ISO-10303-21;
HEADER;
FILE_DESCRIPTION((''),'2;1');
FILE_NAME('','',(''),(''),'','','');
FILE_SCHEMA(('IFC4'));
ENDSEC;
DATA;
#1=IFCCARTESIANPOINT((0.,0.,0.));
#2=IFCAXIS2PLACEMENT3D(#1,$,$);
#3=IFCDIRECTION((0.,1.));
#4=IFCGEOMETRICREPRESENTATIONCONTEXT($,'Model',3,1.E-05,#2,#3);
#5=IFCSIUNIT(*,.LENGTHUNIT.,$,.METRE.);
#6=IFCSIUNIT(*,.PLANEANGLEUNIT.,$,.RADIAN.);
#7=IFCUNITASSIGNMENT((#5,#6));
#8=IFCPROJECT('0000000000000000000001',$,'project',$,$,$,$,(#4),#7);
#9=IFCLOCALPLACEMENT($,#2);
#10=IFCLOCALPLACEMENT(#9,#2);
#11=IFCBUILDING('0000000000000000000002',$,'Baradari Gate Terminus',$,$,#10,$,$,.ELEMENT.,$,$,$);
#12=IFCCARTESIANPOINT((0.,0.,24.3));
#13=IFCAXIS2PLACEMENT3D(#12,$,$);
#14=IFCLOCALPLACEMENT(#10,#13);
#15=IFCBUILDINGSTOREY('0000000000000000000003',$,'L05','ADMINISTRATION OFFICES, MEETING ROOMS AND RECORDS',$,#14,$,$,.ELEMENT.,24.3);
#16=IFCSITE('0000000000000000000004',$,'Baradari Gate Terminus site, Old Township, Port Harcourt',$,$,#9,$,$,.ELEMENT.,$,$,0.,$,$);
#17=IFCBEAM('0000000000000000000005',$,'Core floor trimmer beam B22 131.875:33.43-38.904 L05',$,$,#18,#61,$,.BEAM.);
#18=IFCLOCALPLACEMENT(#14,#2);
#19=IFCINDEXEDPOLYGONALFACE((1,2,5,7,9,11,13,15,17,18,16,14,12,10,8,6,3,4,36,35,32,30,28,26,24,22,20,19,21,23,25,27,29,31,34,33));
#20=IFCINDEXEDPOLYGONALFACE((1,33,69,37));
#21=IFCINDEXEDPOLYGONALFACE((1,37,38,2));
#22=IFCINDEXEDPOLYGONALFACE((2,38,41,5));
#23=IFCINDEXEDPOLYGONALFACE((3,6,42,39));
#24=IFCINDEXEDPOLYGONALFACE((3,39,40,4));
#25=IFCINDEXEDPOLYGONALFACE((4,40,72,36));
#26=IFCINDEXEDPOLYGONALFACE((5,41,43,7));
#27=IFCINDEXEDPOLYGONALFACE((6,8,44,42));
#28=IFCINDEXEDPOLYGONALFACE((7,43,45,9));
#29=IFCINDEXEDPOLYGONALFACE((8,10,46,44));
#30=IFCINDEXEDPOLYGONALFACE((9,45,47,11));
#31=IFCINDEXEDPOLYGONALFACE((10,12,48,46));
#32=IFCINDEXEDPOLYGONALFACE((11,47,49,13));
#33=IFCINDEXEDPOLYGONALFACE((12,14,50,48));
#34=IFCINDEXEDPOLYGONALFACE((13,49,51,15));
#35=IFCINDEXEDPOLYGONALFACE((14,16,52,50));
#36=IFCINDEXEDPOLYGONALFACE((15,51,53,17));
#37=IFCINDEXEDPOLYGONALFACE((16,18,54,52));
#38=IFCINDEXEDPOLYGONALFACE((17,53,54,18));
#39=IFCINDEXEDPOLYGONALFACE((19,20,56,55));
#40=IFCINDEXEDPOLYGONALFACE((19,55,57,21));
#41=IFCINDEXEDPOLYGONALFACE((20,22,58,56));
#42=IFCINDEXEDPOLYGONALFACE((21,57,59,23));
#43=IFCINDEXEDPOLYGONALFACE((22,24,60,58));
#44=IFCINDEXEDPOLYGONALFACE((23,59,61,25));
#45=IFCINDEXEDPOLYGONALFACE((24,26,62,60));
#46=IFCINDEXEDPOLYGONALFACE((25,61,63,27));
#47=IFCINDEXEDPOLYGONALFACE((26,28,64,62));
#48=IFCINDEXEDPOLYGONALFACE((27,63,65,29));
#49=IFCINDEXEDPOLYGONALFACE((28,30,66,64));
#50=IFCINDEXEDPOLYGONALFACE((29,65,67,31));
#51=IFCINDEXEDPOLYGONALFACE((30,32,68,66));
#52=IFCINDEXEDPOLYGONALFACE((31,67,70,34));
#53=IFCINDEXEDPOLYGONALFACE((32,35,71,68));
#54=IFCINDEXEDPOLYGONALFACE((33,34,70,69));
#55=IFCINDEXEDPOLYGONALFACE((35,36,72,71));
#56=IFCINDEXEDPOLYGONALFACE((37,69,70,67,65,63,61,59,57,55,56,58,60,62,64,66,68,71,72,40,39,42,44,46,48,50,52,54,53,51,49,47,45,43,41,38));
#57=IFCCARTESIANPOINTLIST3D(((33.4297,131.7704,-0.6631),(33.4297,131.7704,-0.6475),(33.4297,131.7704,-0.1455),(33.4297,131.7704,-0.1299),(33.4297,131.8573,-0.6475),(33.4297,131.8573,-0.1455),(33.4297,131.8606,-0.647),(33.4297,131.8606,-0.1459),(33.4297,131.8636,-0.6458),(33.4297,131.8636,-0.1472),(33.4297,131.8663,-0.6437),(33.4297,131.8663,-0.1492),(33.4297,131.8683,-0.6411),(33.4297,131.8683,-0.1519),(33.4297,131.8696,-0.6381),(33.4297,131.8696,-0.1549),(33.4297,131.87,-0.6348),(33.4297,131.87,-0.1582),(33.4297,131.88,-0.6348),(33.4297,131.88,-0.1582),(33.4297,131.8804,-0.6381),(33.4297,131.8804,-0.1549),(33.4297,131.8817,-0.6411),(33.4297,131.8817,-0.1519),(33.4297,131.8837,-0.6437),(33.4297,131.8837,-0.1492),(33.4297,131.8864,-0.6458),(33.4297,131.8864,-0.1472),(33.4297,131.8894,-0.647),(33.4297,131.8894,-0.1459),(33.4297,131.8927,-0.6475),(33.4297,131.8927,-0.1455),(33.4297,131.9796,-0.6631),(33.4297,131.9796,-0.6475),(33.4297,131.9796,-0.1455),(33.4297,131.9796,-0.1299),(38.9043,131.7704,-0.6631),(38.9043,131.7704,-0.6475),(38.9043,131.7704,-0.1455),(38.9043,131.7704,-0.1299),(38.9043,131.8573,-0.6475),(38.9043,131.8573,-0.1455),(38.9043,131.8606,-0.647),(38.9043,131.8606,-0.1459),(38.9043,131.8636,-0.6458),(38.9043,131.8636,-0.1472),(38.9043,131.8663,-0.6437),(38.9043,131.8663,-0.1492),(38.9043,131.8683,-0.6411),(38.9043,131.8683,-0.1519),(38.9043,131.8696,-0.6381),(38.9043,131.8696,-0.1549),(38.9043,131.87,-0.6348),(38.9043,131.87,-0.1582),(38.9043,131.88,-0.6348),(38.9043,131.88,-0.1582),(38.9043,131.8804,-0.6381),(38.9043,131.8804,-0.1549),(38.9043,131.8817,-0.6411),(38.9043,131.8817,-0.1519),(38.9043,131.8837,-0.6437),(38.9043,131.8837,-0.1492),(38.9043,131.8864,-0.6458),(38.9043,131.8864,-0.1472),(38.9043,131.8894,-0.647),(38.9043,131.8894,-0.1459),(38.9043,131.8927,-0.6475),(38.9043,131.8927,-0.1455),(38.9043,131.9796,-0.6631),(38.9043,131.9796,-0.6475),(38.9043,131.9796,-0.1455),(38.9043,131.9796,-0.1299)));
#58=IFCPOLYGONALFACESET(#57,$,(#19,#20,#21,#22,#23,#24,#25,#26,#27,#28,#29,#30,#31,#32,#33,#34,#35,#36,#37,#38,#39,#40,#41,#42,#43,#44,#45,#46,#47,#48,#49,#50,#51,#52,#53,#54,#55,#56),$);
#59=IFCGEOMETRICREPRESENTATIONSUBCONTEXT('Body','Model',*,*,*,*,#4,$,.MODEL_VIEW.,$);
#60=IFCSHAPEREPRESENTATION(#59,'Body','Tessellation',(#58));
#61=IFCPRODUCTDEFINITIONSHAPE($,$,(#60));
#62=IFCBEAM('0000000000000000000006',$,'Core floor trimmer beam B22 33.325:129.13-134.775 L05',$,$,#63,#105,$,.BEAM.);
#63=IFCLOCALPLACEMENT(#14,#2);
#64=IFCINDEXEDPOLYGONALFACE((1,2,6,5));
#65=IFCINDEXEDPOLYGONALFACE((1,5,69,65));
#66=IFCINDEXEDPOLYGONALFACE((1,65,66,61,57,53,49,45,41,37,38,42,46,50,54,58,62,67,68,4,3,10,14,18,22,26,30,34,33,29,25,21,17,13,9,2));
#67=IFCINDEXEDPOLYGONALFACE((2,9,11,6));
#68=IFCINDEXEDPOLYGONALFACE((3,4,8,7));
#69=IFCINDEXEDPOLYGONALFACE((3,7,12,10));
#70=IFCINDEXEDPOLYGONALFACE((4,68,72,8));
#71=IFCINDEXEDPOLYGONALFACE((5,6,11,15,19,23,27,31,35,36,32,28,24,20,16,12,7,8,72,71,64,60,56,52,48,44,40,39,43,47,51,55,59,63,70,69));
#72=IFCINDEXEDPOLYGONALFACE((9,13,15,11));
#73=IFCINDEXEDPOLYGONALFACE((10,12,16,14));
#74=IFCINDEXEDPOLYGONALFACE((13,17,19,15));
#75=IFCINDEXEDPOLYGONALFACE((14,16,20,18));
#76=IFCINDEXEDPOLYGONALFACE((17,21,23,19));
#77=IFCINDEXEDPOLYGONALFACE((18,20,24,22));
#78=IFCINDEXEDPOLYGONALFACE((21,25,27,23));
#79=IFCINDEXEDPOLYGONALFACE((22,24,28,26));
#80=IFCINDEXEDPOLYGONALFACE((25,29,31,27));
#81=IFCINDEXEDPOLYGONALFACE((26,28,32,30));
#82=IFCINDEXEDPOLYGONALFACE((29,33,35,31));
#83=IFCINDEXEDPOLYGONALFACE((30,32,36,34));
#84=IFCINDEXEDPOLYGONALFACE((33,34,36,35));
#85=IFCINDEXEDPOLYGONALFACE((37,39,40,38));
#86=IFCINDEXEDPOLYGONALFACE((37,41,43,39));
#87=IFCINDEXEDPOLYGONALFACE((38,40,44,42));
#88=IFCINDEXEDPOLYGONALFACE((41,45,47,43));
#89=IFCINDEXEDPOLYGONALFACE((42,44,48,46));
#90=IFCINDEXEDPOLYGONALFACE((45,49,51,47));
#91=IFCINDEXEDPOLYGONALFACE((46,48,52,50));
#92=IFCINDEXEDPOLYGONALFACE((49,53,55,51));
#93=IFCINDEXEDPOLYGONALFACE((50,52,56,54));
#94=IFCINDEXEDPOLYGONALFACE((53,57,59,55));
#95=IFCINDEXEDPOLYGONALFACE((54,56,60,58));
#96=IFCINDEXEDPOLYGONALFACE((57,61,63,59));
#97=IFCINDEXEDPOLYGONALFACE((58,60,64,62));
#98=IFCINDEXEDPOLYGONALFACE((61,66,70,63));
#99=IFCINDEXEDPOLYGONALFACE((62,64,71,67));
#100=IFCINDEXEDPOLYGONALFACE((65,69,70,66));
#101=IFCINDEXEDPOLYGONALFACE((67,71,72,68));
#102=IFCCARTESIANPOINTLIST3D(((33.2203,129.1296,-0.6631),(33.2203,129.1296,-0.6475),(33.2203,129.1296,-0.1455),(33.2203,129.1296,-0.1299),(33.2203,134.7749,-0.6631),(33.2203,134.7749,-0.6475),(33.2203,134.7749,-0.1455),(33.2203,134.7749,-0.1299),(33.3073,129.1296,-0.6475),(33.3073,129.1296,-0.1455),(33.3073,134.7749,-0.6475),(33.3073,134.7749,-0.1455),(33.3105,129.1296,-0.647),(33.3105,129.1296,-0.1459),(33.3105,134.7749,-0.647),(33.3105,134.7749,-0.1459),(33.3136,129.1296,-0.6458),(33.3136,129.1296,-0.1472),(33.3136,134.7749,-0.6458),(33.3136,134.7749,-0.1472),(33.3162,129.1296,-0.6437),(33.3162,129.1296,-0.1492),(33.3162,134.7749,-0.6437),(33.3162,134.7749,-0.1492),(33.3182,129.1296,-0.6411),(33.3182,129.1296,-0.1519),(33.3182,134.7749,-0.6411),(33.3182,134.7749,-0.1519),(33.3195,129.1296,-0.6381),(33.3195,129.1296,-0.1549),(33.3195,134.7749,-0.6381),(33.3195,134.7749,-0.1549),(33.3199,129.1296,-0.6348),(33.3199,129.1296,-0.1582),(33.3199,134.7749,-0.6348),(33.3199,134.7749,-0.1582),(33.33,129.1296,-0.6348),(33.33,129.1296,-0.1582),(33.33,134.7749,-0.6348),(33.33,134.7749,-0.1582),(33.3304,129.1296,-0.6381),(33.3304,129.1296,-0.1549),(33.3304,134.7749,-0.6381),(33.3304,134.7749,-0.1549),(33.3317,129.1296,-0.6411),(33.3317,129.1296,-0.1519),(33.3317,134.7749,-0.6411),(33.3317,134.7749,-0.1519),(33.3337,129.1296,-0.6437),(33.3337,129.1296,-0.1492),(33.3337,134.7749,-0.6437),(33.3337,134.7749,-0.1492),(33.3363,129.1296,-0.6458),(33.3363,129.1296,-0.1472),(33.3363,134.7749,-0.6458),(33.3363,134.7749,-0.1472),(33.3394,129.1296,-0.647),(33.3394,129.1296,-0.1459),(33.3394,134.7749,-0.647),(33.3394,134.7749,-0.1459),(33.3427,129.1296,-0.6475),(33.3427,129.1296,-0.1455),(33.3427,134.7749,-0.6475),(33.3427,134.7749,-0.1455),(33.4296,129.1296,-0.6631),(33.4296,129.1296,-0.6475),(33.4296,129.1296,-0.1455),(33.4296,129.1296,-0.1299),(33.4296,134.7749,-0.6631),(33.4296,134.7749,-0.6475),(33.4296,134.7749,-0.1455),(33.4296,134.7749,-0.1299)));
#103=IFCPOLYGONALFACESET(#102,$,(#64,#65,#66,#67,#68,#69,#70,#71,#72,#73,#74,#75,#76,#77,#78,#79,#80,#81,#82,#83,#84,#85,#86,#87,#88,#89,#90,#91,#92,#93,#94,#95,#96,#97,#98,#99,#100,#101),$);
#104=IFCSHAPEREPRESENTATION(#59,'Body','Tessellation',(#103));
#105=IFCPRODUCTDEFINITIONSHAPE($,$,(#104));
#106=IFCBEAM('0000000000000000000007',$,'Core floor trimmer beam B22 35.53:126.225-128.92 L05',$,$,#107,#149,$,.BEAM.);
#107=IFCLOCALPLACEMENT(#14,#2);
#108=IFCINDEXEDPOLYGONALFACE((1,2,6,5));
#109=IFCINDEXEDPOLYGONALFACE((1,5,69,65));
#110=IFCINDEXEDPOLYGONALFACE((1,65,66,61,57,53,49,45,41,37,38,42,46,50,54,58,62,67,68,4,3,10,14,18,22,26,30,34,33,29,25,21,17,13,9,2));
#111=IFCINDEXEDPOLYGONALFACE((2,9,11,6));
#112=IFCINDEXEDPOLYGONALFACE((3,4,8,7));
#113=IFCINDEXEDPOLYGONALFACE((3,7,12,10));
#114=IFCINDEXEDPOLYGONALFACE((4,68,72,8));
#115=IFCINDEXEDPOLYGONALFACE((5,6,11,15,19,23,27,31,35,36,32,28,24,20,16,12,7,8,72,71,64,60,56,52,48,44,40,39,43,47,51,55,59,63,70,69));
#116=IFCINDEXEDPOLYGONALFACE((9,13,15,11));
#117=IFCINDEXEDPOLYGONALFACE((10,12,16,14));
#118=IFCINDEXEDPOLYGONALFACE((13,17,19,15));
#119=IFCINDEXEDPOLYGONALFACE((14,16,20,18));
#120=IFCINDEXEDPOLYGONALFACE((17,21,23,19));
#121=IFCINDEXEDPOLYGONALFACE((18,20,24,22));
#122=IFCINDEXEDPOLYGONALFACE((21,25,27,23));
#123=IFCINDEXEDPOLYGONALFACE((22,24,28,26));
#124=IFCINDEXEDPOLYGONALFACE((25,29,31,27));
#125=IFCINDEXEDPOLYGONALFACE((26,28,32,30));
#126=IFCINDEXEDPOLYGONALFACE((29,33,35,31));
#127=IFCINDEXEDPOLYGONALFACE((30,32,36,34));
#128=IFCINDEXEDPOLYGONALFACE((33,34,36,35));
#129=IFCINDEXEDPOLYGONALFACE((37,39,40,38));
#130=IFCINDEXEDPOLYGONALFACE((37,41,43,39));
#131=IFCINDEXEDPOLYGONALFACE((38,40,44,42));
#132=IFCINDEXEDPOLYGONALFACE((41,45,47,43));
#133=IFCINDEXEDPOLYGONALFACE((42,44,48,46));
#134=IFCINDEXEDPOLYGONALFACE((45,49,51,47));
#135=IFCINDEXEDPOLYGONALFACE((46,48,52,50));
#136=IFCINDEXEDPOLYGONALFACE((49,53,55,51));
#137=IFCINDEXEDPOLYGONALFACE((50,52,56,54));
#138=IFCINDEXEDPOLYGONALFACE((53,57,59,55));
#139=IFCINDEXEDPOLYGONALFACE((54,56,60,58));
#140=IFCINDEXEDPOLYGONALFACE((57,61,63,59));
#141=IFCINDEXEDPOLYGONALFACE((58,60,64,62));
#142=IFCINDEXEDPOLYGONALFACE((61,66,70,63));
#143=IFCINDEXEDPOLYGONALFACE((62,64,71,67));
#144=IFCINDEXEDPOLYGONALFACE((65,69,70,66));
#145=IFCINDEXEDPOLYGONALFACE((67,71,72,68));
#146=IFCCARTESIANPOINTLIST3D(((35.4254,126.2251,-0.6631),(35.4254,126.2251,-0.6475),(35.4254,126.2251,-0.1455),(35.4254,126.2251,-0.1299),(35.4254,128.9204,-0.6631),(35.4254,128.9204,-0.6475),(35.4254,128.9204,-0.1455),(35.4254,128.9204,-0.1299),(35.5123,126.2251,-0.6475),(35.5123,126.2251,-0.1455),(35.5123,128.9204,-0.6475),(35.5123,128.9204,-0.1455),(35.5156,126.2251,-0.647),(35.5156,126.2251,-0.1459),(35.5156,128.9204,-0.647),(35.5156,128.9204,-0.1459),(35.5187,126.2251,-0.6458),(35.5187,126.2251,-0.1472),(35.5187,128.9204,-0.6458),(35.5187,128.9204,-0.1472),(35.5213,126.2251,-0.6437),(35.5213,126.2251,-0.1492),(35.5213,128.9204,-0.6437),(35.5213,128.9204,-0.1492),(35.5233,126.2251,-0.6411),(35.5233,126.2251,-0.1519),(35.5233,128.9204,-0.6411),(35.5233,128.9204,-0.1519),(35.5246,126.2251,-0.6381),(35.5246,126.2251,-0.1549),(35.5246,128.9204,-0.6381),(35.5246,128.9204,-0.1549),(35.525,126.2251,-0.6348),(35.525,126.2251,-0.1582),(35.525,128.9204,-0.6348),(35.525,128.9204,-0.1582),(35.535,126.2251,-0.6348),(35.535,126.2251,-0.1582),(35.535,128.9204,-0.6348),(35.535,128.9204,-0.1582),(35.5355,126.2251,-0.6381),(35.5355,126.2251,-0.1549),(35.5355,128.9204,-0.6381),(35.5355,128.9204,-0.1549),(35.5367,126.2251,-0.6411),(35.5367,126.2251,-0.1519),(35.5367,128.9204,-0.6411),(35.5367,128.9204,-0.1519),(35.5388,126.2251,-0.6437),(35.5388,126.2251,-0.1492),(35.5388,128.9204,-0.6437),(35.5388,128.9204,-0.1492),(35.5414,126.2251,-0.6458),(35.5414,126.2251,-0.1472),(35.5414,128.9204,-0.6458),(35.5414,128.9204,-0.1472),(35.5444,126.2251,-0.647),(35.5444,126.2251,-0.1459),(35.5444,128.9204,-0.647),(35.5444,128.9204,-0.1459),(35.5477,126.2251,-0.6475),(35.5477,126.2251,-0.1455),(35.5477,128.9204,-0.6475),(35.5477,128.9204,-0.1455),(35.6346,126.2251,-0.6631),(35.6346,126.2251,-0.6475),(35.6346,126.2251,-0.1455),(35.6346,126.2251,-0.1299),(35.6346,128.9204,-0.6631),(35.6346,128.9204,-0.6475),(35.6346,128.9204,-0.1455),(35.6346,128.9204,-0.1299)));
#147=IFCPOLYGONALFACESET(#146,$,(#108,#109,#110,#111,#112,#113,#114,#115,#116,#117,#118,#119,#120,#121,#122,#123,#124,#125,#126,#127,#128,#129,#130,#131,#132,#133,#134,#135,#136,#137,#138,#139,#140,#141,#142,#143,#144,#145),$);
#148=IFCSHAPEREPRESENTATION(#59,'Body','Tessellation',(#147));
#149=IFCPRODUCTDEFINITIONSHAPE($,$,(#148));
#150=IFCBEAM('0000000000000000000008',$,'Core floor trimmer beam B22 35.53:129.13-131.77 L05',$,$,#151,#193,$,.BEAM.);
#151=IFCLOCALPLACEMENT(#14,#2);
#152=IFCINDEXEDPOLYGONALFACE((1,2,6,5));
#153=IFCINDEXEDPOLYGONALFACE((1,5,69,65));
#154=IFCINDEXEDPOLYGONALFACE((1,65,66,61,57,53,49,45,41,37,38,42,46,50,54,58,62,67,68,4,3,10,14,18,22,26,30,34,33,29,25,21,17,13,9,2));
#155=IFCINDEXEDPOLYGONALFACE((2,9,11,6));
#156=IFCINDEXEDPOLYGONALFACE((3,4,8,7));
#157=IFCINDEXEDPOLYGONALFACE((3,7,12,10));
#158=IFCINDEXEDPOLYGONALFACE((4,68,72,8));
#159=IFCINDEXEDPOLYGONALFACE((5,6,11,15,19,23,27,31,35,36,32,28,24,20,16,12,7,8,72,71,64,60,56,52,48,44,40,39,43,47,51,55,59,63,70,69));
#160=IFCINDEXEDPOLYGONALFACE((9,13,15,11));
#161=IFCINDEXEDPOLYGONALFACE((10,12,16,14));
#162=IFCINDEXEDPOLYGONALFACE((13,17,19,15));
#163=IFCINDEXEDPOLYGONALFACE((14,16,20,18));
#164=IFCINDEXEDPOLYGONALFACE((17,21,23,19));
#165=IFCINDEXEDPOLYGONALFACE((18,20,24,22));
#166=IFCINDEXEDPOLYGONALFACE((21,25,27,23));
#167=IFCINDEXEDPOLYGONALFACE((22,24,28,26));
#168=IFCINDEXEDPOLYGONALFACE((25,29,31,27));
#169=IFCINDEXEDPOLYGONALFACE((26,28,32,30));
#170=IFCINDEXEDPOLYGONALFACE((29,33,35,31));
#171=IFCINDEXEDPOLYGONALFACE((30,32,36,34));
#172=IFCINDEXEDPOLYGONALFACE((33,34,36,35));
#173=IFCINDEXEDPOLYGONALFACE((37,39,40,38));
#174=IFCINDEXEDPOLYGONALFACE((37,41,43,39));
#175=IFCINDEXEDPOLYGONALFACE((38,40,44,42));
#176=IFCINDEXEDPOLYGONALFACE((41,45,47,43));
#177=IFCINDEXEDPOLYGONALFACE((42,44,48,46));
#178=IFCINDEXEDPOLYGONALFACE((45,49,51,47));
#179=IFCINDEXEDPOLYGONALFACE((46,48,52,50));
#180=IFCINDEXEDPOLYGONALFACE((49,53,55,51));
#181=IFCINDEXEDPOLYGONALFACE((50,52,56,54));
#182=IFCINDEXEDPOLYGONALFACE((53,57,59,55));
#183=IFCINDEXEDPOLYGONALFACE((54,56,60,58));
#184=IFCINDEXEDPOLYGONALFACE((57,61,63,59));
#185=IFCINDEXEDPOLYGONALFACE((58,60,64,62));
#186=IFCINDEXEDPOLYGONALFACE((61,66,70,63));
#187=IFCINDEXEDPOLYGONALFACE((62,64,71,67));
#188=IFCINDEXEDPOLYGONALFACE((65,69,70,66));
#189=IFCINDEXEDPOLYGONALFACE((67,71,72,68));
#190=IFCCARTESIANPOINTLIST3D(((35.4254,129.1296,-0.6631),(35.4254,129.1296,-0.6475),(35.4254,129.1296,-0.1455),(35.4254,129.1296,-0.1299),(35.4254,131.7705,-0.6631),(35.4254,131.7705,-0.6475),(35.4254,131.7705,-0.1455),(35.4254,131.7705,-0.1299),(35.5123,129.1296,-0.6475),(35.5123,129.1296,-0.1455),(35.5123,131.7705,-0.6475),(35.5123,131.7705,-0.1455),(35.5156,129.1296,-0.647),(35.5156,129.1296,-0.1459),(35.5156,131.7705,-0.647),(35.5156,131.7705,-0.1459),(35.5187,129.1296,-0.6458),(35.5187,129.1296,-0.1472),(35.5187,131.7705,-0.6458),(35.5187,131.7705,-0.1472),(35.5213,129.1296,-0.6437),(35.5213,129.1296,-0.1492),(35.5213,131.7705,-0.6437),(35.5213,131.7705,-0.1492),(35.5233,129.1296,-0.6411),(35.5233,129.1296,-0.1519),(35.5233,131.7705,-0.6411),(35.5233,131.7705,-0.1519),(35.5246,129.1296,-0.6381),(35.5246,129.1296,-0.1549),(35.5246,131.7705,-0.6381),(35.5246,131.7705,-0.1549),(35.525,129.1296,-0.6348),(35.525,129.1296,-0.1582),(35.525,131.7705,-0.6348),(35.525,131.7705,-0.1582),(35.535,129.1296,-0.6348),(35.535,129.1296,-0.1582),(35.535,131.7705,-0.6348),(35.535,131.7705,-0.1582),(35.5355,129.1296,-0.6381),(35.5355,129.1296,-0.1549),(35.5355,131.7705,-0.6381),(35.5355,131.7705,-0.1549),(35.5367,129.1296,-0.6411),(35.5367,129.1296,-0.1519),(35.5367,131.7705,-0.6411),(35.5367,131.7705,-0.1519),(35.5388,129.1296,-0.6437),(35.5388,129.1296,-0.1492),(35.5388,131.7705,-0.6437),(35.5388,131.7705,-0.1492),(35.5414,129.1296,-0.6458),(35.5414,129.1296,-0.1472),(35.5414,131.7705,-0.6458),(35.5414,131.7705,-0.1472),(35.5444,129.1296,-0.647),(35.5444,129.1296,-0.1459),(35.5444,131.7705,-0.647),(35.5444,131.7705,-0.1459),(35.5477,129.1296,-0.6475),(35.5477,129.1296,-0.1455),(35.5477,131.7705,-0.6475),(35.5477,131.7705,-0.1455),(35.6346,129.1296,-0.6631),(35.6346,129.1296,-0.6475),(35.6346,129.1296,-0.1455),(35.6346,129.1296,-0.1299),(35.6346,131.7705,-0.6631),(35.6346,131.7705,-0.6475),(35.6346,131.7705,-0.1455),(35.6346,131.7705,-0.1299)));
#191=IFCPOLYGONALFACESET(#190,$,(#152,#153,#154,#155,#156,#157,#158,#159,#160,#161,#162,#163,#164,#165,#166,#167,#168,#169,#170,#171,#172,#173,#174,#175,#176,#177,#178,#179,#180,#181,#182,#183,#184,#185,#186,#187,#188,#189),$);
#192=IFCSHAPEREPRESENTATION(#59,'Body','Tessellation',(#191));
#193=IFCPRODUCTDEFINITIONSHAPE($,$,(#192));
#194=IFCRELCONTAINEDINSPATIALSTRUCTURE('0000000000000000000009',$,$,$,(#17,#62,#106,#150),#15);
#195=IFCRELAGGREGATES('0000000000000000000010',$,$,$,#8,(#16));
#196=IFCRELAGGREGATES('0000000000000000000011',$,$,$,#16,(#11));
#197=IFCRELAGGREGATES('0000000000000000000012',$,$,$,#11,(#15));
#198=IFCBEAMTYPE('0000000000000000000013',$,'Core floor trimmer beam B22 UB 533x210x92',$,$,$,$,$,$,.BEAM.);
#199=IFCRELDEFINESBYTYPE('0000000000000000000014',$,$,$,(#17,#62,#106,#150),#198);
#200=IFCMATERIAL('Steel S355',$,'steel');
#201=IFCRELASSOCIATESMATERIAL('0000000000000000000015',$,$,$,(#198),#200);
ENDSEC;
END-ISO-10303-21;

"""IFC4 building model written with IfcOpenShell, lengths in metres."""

from ifc_helpers import new_model, si_unit, direction, frame, origin, origin_2d, place, context, subcontext, project, spatial, i_section, extrude, material, material_profile, profile_set, type_object, element, save


model = new_model("IFC4")

# Units and contexts
model_context = context("Model", 3, precision=1e-05, world=origin(), true_north=direction((0.0, 1.0)))
body_context = subcontext(model_context, "Body", "Model", "MODEL_VIEW")
ifc_project = project(units=[si_unit("LENGTHUNIT", "METRE"), si_unit("PLANEANGLEUNIT", "RADIAN")], contexts=[model_context])

# Site, building, storey
site_placement = place(None, origin())
site = spatial("IfcSite", under=ifc_project, at=site_placement, Name="Baradari Gate Terminus site, Old Township, Port Harcourt", CompositionType="ELEMENT", RefElevation=0.0)
building_placement = place(site_placement, origin())
building = spatial("IfcBuilding", under=site, at=building_placement, Name="Baradari Gate Terminus", CompositionType="ELEMENT")
storey_placement = place(building_placement, frame((0.0, 0.0, 24.3)))
storey = spatial("IfcBuildingStorey", under=building, at=storey_placement, Name="L05", Description="ADMINISTRATION OFFICES, MEETING ROOMS AND RECORDS", CompositionType="ELEMENT", Elevation=24.3)

# Beams
ifc_material_1 = material(Name="Steel S355", Category="steel")
ifc_material_profile_1 = material_profile(ifc_material_1, i_section(OverallWidth=0.2092, OverallDepth=0.5332, WebThickness=0.01, FlangeThickness=0.0156, FilletRadius=0.0127, at=origin_2d()), Name="UB 533x210x92")
ifc_profile_set_1 = profile_set([ifc_material_profile_1], Name="Steel S355")
beam_type_1 = type_object("IfcBeamType", Name="Core floor trimmer beam B22 UB 533x210x92", PredefinedType="BEAM", material=ifc_profile_set_1)
beam_1_placement = place(storey_placement, frame((33.4297, 131.875, -0.3965), z_axis=(1.0, 0.0, 0.0), x_axis=(0.0, 1.0, 0.0)))
element("IfcBeam", 1, at=beam_1_placement, inside=storey, type_object=beam_type_1, Name="Core floor trimmer beam B22 131.875:33.43-38.904 L05", PredefinedType="BEAM", context=body_context, shape_type="SweptSolid", body=[
    extrude(i_section(OverallWidth=0.2092, OverallDepth=0.5332, WebThickness=0.01, FlangeThickness=0.0156, FilletRadius=0.0127, at=origin_2d()), origin(), (0.0, 0.0, 1.0), 5.4746),
])
beam_2_placement = place(storey_placement, frame((33.325, 129.1296, -0.3965), z_axis=(0.0, 1.0, 0.0), x_axis=(-1.0, 0.0, 0.0)))
element("IfcBeam", 2, at=beam_2_placement, inside=storey, type_object=beam_type_1, Name="Core floor trimmer beam B22 33.325:129.13-134.775 L05", PredefinedType="BEAM", context=body_context, shape_type="SweptSolid", body=[
    extrude(i_section(OverallWidth=0.2092, OverallDepth=0.5332, WebThickness=0.01, FlangeThickness=0.0156, FilletRadius=0.0127, at=origin_2d()), origin(), (0.0, 0.0, 1.0), 5.6453),
])
beam_3_placement = place(storey_placement, frame((35.53, 126.2251, -0.3965), z_axis=(0.0, 1.0, 0.0), x_axis=(-1.0, 0.0, 0.0)))
element("IfcBeam", 3, at=beam_3_placement, inside=storey, type_object=beam_type_1, Name="Core floor trimmer beam B22 35.53:126.225-128.92 L05", PredefinedType="BEAM", context=body_context, shape_type="SweptSolid", body=[
    extrude(i_section(OverallWidth=0.2092, OverallDepth=0.5332, WebThickness=0.01, FlangeThickness=0.0156, FilletRadius=0.0127, at=origin_2d()), origin(), (0.0, 0.0, 1.0), 2.6953),
])
beam_4_placement = place(storey_placement, frame((35.53, 129.1296, -0.3965), z_axis=(0.0, 1.0, 0.0), x_axis=(-1.0, 0.0, 0.0)))
element("IfcBeam", 4, at=beam_4_placement, inside=storey, type_object=beam_type_1, Name="Core floor trimmer beam B22 35.53:129.13-131.77 L05", PredefinedType="BEAM", context=body_context, shape_type="SweptSolid", body=[
    extrude(i_section(OverallWidth=0.2092, OverallDepth=0.5332, WebThickness=0.01, FlangeThickness=0.0156, FilletRadius=0.0127, at=origin_2d()), origin(), (0.0, 0.0, 1.0), 2.6409),
])

save(model, "model.ifc")
